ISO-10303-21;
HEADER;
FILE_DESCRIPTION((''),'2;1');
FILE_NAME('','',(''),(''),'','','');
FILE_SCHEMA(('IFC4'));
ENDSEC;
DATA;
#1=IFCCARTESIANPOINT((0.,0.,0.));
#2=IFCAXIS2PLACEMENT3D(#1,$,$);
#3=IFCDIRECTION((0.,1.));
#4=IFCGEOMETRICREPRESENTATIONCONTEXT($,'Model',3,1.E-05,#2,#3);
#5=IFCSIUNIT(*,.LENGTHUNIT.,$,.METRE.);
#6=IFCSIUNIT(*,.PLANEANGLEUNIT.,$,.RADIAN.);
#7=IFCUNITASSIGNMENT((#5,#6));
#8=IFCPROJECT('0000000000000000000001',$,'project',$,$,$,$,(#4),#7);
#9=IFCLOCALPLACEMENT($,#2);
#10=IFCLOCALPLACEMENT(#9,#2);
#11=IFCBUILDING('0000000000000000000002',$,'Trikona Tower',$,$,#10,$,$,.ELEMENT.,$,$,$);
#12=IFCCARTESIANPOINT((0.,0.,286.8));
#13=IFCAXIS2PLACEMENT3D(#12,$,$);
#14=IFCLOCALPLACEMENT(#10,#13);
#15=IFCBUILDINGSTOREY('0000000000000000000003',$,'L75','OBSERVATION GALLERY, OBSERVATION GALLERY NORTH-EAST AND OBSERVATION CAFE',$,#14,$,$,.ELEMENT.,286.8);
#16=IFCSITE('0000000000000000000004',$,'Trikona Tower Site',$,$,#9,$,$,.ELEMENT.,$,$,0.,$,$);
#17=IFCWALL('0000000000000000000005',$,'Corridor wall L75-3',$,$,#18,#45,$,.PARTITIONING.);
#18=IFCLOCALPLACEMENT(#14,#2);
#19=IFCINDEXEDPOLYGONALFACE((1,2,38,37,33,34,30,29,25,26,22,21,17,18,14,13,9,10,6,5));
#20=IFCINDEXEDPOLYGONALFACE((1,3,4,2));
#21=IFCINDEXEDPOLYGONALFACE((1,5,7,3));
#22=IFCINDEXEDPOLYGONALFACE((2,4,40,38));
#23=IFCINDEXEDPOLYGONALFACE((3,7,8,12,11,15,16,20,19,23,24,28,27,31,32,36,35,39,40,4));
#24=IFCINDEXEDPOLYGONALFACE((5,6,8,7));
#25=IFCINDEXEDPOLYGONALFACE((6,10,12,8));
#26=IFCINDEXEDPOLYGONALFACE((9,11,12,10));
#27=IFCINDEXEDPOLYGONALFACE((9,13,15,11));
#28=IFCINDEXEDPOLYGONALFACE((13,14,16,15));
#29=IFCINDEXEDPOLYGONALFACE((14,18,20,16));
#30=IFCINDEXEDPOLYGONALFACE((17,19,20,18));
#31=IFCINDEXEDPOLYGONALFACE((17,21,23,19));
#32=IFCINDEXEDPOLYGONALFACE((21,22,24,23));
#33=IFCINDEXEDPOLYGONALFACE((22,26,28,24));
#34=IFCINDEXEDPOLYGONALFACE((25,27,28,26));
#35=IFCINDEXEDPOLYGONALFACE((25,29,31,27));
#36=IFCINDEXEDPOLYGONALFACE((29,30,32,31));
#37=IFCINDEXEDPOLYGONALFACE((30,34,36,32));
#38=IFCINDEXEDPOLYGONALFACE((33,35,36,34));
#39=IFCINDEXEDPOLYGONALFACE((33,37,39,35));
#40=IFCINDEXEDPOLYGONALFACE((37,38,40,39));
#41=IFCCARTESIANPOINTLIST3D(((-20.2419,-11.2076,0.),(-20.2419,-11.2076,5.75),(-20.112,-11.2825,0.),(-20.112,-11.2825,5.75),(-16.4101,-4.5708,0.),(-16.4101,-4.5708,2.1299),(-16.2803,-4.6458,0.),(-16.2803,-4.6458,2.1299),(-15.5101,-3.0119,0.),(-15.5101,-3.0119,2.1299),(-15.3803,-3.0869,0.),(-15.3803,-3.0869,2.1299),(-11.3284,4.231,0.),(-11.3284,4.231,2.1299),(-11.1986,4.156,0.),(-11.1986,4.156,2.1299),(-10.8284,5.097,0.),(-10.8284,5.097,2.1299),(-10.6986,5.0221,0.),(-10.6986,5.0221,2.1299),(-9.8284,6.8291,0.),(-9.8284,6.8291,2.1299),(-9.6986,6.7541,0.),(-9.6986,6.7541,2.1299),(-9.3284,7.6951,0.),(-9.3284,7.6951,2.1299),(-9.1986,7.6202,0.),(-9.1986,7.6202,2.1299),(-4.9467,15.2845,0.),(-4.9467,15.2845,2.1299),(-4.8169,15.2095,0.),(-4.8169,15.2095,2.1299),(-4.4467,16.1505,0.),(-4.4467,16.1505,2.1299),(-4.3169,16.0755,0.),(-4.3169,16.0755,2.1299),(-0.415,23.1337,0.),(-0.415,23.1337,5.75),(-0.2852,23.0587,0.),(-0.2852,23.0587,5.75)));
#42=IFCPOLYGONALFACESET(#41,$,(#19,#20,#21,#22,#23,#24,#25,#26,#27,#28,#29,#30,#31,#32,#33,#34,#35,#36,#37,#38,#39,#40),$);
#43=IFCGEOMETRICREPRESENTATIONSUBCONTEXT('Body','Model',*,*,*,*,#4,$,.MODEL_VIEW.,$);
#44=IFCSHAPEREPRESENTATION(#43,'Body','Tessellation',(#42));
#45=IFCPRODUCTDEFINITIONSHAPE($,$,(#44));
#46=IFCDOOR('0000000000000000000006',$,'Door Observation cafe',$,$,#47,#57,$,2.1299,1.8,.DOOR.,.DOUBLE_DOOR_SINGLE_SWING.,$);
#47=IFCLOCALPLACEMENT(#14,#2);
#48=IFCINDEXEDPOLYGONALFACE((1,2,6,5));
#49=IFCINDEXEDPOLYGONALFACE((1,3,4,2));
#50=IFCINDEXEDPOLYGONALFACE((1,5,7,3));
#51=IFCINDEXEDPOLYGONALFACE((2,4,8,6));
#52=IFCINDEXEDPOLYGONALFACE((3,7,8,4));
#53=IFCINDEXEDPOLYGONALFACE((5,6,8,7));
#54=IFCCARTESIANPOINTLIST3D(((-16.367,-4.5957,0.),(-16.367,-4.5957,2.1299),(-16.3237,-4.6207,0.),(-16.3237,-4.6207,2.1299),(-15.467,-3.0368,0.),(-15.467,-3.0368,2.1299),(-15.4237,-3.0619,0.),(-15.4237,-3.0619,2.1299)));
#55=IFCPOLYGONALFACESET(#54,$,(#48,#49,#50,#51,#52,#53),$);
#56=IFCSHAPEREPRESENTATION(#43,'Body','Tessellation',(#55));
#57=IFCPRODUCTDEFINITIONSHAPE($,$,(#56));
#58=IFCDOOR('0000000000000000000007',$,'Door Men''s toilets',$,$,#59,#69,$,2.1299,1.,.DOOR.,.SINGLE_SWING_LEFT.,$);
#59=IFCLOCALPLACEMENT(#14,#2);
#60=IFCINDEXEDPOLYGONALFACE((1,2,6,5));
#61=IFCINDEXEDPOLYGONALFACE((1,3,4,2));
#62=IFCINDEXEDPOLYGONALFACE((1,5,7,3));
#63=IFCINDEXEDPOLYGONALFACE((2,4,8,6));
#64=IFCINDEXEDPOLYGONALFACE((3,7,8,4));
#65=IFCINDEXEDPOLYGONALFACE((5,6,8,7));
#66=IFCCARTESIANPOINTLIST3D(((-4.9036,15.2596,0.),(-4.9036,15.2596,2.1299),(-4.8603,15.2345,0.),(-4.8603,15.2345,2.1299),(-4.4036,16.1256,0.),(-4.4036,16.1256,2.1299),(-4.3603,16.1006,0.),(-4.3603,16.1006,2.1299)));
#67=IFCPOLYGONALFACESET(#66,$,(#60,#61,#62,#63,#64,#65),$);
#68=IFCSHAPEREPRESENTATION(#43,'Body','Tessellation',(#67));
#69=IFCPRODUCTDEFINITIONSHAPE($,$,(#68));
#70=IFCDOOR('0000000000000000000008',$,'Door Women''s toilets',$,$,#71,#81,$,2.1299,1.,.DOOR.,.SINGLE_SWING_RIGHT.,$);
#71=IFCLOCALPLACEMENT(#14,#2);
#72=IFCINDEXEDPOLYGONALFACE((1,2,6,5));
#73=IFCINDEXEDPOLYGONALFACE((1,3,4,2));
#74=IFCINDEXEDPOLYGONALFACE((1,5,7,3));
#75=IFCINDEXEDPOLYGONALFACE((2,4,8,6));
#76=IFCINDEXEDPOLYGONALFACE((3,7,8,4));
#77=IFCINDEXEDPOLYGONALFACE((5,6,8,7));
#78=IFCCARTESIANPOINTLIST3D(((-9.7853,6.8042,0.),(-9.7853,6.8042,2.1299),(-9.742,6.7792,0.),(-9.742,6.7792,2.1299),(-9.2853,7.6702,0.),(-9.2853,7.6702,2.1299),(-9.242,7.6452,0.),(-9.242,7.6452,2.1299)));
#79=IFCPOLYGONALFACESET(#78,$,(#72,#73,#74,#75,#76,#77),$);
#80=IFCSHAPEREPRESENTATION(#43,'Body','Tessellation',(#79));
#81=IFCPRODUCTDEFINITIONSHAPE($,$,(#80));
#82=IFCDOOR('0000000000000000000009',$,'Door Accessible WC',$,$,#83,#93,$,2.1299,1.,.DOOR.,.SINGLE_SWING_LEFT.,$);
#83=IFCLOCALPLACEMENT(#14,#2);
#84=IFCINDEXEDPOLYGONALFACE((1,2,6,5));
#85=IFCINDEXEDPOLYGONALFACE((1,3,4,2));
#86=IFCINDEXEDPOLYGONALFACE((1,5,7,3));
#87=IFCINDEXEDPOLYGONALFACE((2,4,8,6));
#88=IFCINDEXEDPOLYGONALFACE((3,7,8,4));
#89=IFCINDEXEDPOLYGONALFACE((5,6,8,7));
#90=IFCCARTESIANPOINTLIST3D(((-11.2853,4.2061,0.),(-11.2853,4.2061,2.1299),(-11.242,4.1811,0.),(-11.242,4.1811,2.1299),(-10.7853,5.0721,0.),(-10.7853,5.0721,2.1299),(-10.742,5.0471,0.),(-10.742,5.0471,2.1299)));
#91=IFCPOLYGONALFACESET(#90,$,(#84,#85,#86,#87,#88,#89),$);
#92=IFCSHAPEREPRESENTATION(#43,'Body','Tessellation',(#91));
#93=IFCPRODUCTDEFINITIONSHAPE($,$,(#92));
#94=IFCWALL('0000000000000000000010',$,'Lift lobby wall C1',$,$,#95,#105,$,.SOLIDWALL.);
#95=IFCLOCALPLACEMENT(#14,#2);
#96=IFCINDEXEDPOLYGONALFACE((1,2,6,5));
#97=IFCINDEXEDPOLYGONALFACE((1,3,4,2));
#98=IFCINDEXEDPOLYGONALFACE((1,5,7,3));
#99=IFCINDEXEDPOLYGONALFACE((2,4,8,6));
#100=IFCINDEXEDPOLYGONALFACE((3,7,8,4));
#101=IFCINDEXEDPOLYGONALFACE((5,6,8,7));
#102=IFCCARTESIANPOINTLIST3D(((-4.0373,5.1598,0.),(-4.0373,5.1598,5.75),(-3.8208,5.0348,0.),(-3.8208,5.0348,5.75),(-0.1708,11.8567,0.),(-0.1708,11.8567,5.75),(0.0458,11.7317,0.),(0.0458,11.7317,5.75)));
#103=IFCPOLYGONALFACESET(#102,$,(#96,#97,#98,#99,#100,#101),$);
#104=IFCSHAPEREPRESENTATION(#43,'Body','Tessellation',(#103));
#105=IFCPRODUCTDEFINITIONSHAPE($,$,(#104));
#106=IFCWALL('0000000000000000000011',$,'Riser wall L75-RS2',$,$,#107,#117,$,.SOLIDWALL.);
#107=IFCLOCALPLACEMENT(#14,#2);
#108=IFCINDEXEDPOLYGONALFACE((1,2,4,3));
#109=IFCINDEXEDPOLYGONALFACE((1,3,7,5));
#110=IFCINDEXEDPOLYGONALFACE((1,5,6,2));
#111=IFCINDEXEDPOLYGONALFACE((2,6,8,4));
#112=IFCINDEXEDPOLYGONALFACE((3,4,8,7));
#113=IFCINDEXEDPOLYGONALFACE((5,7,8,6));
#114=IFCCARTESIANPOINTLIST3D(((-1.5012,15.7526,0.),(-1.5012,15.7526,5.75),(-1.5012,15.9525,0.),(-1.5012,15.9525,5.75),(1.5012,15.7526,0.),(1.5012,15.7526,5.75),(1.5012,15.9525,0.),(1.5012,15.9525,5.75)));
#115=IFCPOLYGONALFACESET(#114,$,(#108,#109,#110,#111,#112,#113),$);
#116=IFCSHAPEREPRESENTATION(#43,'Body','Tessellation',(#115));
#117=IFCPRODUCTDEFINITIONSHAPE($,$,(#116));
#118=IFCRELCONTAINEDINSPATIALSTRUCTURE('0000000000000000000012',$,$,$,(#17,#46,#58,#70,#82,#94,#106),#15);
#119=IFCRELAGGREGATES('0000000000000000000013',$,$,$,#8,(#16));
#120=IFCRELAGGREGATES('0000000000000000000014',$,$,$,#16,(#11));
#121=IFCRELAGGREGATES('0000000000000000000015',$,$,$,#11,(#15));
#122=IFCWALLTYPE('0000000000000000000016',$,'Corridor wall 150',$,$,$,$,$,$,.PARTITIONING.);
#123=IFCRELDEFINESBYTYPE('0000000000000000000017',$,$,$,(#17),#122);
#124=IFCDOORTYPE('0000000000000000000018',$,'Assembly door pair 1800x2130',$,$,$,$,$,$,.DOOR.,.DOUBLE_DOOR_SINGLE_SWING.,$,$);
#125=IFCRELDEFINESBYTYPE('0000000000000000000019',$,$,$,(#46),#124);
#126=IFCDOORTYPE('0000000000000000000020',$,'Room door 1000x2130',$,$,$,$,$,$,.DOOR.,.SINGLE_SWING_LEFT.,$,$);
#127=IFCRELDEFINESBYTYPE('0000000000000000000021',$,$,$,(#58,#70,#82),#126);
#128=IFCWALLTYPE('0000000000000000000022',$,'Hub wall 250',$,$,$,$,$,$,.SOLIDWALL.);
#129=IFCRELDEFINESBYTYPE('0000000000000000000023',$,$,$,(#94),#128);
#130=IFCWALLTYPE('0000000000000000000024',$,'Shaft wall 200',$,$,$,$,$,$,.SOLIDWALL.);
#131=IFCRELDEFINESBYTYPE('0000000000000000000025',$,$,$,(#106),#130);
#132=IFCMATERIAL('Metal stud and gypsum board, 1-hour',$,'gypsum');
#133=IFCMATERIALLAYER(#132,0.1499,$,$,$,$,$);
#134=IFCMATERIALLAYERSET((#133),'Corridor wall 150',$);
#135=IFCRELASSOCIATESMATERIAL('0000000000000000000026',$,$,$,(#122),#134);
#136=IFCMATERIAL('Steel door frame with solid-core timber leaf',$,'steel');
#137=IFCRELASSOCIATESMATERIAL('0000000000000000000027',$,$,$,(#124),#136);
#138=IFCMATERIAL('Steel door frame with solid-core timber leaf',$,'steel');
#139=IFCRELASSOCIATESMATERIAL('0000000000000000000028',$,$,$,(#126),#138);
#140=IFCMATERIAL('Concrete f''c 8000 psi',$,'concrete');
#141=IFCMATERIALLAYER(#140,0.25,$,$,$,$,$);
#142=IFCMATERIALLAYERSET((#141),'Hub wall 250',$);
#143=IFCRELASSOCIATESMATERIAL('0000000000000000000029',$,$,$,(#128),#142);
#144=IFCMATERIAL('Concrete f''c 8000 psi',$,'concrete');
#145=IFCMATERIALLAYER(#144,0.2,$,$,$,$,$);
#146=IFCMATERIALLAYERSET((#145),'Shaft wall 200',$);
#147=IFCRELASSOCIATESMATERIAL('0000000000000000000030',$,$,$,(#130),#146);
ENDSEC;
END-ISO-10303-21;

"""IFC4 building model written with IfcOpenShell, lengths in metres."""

from ifc_helpers import new_model, si_unit, direction, frame, frame_2d, origin, place, context, subcontext, project, spatial, rectangle, extrude, material, layer, layer_set, type_object, element, fill, save


model = new_model("IFC4")

# Units and contexts
model_context = context("Model", 3, precision=1e-05, world=origin(), true_north=direction((0.0, 1.0)))
body_context = subcontext(model_context, "Body", "Model", "MODEL_VIEW")
ifc_project = project(units=[si_unit("LENGTHUNIT", "METRE"), si_unit("PLANEANGLEUNIT", "RADIAN")], contexts=[model_context])

# Site, building, storey
site_placement = place(None, origin())
site = spatial("IfcSite", under=ifc_project, at=site_placement, Name="Trikona Tower Site", CompositionType="ELEMENT", RefElevation=0.0)
building_placement = place(site_placement, origin())
building = spatial("IfcBuilding", under=site, at=building_placement, Name="Trikona Tower", CompositionType="ELEMENT")
storey_placement = place(building_placement, frame((0.0, 0.0, 286.8)))
storey = spatial("IfcBuildingStorey", under=building, at=storey_placement, Name="L75", Description="OBSERVATION GALLERY, OBSERVATION GALLERY NORTH-EAST AND OBSERVATION CAFE", CompositionType="ELEMENT", Elevation=286.8)

# Wall, openings, doors
ifc_material_1 = material(Name="Metal stud and gypsum board, 1-hour", Category="gypsum")
ifc_layer_1 = layer(ifc_material_1, 0.1499)
ifc_layer_set_1 = layer_set([ifc_layer_1], Name="Corridor wall 150")
wall_type_1 = type_object("IfcWallType", Name="Corridor wall 150", PredefinedType="PARTITIONING", material=ifc_layer_set_1)
wall_1_placement = place(storey_placement, frame((-0.3501, 23.0962, 0.0), z_axis=(0.0, 0.0, 1.0), x_axis=(-0.499999, -0.866026, 0.0)))
wall_1 = element("IfcWall", 1, at=wall_1_placement, inside=storey, type_object=wall_type_1, Name="Corridor wall L75-3", PredefinedType="PARTITIONING", context=body_context, shape_type="SweptSolid", body=[
    extrude(rectangle(XDim=39.6538, YDim=0.1499, at=frame_2d((19.8269, 0.0))), origin(), (0.0, 0.0, 1.0), 5.75),
])
opening_1_placement = place(wall_1_placement, frame((8.0635, 0.0, 0.0)))
opening_1 = element("IfcOpeningElement", 2, at=opening_1_placement, cuts=wall_1, PredefinedType="OPENING", context=body_context, shape_type="SweptSolid", body=[
    extrude(rectangle(XDim=1.0, YDim=2.1299, at=frame_2d((0.5, 1.0649))), frame((0.0, 0.085, 0.0), z_axis=(0.0, -1.0, 0.0), x_axis=(1.0, 0.0, 0.0)), (0.0, 0.0, 1.0), 0.1699),
])
opening_2_placement = place(wall_1_placement, frame((17.8269, 0.0, 0.0)))
opening_2 = element("IfcOpeningElement", 3, at=opening_2_placement, cuts=wall_1, PredefinedType="OPENING", context=body_context, shape_type="SweptSolid", body=[
    extrude(rectangle(XDim=1.0, YDim=2.1299, at=frame_2d((0.5, 1.0649))), frame((0.0, 0.085, 0.0), z_axis=(0.0, -1.0, 0.0), x_axis=(1.0, 0.0, 0.0)), (0.0, 0.0, 1.0), 0.1699),
])
opening_3_placement = place(wall_1_placement, frame((20.8269, 0.0, 0.0)))
opening_3 = element("IfcOpeningElement", 4, at=opening_3_placement, cuts=wall_1, PredefinedType="OPENING", context=body_context, shape_type="SweptSolid", body=[
    extrude(rectangle(XDim=1.0, YDim=2.1299, at=frame_2d((0.5, 1.0649))), frame((0.0, 0.085, 0.0), z_axis=(0.0, -1.0, 0.0), x_axis=(1.0, 0.0, 0.0)), (0.0, 0.0, 1.0), 0.1699),
])
opening_4_placement = place(wall_1_placement, frame((30.1904, 0.0, 0.0)))
opening_4 = element("IfcOpeningElement", 5, at=opening_4_placement, cuts=wall_1, PredefinedType="OPENING", context=body_context, shape_type="SweptSolid", body=[
    extrude(rectangle(XDim=1.8, YDim=2.1299, at=frame_2d((0.8999, 1.0649))), frame((0.0, 0.085, 0.0), z_axis=(0.0, -1.0, 0.0), x_axis=(1.0, 0.0, 0.0)), (0.0, 0.0, 1.0), 0.1699),
])
ifc_material_2 = material(Name="Steel door frame with solid-core timber leaf", Category="steel")
door_type_1 = type_object("IfcDoorType", Name="Assembly door pair 1800x2130", OperationType="DOUBLE_DOOR_SINGLE_SWING", PredefinedType="DOOR", material=ifc_material_2)
door_1_placement = place(opening_4_placement, origin())
door_1 = element("IfcDoor", 6, at=door_1_placement, inside=storey, type_object=door_type_1, Name="Door Observation cafe", OperationType="DOUBLE_DOOR_SINGLE_SWING", OverallHeight=2.1299, OverallWidth=1.8, PredefinedType="DOOR", context=body_context, shape_type="SweptSolid", body=[
    extrude(rectangle(XDim=1.8, YDim=2.1299, at=frame_2d((0.8999, 1.0649))), frame((0.0, 0.0249, 0.0), z_axis=(0.0, -1.0, 0.0), x_axis=(1.0, 0.0, 0.0)), (0.0, 0.0, 1.0), 0.05),
])
fill(opening_4, door_1)
ifc_material_3 = material(Name="Steel door frame with solid-core timber leaf", Category="steel")
door_type_2 = type_object("IfcDoorType", Name="Room door 1000x2130", OperationType="SINGLE_SWING_LEFT", PredefinedType="DOOR", material=ifc_material_3)
door_2_placement = place(opening_1_placement, origin())
door_2 = element("IfcDoor", 7, at=door_2_placement, inside=storey, type_object=door_type_2, Name="Door Men's toilets", OperationType="SINGLE_SWING_LEFT", OverallHeight=2.1299, OverallWidth=1.0, PredefinedType="DOOR", context=body_context, shape_type="SweptSolid", body=[
    extrude(rectangle(XDim=1.0, YDim=2.1299, at=frame_2d((0.5, 1.0649))), frame((0.0, 0.0249, 0.0), z_axis=(0.0, -1.0, 0.0), x_axis=(1.0, 0.0, 0.0)), (0.0, 0.0, 1.0), 0.05),
])
fill(opening_1, door_2)
door_3_placement = place(opening_2_placement, origin())
door_3 = element("IfcDoor", 8, at=door_3_placement, inside=storey, type_object=door_type_2, Name="Door Women's toilets", OperationType="SINGLE_SWING_RIGHT", OverallHeight=2.1299, OverallWidth=1.0, PredefinedType="DOOR", context=body_context, shape_type="SweptSolid", body=[
    extrude(rectangle(XDim=1.0, YDim=2.1299, at=frame_2d((0.5, 1.0649))), frame((0.0, 0.0249, 0.0), z_axis=(0.0, -1.0, 0.0), x_axis=(1.0, 0.0, 0.0)), (0.0, 0.0, 1.0), 0.05),
])
fill(opening_2, door_3)
door_4_placement = place(opening_3_placement, origin())
door_4 = element("IfcDoor", 9, at=door_4_placement, inside=storey, type_object=door_type_2, Name="Door Accessible WC", OperationType="SINGLE_SWING_LEFT", OverallHeight=2.1299, OverallWidth=1.0, PredefinedType="DOOR", context=body_context, shape_type="SweptSolid", body=[
    extrude(rectangle(XDim=1.0, YDim=2.1299, at=frame_2d((0.5, 1.0649))), frame((0.0, 0.0249, 0.0), z_axis=(0.0, -1.0, 0.0), x_axis=(1.0, 0.0, 0.0)), (0.0, 0.0, 1.0), 0.05),
])
fill(opening_3, door_4)

# Walls
ifc_material_4 = material(Name="Concrete f'c 8000 psi", Category="concrete")
ifc_layer_2 = layer(ifc_material_4, 0.25)
ifc_layer_set_2 = layer_set([ifc_layer_2], Name="Hub wall 250")
wall_type_2 = type_object("IfcWallType", Name="Hub wall 250", PredefinedType="SOLIDWALL", material=ifc_layer_set_2)
wall_2_placement = place(storey_placement, frame((-0.0625, 11.7942, 0.0), z_axis=(0.0, 0.0, 1.0), x_axis=(-0.500007, -0.866022, 0.0)))
element("IfcWall", 10, at=wall_2_placement, inside=storey, type_object=wall_type_2, Name="Lift lobby wall C1", PredefinedType="SOLIDWALL", context=body_context, shape_type="SweptSolid", body=[
    extrude(rectangle(XDim=7.7329, YDim=0.25, at=frame_2d((3.8665, 0.0))), origin(), (0.0, 0.0, 1.0), 5.75),
])
ifc_material_5 = material(Name="Concrete f'c 8000 psi", Category="concrete")
ifc_layer_3 = layer(ifc_material_5, 0.2)
ifc_layer_set_3 = layer_set([ifc_layer_3], Name="Shaft wall 200")
wall_type_3 = type_object("IfcWallType", Name="Shaft wall 200", PredefinedType="SOLIDWALL", material=ifc_layer_set_3)
wall_3_placement = place(storey_placement, frame((-1.5012, 15.8525, 0.0), z_axis=(0.0, 0.0, 1.0), x_axis=(1.0, 0.0, 0.0)))
element("IfcWall", 11, at=wall_3_placement, inside=storey, type_object=wall_type_3, Name="Riser wall L75-RS2", PredefinedType="SOLIDWALL", context=body_context, shape_type="SweptSolid", body=[
    extrude(rectangle(XDim=3.0024, YDim=0.2, at=frame_2d((1.5012, 0.0))), origin(), (0.0, 0.0, 1.0), 5.75),
])

save(model, "model.ifc")
